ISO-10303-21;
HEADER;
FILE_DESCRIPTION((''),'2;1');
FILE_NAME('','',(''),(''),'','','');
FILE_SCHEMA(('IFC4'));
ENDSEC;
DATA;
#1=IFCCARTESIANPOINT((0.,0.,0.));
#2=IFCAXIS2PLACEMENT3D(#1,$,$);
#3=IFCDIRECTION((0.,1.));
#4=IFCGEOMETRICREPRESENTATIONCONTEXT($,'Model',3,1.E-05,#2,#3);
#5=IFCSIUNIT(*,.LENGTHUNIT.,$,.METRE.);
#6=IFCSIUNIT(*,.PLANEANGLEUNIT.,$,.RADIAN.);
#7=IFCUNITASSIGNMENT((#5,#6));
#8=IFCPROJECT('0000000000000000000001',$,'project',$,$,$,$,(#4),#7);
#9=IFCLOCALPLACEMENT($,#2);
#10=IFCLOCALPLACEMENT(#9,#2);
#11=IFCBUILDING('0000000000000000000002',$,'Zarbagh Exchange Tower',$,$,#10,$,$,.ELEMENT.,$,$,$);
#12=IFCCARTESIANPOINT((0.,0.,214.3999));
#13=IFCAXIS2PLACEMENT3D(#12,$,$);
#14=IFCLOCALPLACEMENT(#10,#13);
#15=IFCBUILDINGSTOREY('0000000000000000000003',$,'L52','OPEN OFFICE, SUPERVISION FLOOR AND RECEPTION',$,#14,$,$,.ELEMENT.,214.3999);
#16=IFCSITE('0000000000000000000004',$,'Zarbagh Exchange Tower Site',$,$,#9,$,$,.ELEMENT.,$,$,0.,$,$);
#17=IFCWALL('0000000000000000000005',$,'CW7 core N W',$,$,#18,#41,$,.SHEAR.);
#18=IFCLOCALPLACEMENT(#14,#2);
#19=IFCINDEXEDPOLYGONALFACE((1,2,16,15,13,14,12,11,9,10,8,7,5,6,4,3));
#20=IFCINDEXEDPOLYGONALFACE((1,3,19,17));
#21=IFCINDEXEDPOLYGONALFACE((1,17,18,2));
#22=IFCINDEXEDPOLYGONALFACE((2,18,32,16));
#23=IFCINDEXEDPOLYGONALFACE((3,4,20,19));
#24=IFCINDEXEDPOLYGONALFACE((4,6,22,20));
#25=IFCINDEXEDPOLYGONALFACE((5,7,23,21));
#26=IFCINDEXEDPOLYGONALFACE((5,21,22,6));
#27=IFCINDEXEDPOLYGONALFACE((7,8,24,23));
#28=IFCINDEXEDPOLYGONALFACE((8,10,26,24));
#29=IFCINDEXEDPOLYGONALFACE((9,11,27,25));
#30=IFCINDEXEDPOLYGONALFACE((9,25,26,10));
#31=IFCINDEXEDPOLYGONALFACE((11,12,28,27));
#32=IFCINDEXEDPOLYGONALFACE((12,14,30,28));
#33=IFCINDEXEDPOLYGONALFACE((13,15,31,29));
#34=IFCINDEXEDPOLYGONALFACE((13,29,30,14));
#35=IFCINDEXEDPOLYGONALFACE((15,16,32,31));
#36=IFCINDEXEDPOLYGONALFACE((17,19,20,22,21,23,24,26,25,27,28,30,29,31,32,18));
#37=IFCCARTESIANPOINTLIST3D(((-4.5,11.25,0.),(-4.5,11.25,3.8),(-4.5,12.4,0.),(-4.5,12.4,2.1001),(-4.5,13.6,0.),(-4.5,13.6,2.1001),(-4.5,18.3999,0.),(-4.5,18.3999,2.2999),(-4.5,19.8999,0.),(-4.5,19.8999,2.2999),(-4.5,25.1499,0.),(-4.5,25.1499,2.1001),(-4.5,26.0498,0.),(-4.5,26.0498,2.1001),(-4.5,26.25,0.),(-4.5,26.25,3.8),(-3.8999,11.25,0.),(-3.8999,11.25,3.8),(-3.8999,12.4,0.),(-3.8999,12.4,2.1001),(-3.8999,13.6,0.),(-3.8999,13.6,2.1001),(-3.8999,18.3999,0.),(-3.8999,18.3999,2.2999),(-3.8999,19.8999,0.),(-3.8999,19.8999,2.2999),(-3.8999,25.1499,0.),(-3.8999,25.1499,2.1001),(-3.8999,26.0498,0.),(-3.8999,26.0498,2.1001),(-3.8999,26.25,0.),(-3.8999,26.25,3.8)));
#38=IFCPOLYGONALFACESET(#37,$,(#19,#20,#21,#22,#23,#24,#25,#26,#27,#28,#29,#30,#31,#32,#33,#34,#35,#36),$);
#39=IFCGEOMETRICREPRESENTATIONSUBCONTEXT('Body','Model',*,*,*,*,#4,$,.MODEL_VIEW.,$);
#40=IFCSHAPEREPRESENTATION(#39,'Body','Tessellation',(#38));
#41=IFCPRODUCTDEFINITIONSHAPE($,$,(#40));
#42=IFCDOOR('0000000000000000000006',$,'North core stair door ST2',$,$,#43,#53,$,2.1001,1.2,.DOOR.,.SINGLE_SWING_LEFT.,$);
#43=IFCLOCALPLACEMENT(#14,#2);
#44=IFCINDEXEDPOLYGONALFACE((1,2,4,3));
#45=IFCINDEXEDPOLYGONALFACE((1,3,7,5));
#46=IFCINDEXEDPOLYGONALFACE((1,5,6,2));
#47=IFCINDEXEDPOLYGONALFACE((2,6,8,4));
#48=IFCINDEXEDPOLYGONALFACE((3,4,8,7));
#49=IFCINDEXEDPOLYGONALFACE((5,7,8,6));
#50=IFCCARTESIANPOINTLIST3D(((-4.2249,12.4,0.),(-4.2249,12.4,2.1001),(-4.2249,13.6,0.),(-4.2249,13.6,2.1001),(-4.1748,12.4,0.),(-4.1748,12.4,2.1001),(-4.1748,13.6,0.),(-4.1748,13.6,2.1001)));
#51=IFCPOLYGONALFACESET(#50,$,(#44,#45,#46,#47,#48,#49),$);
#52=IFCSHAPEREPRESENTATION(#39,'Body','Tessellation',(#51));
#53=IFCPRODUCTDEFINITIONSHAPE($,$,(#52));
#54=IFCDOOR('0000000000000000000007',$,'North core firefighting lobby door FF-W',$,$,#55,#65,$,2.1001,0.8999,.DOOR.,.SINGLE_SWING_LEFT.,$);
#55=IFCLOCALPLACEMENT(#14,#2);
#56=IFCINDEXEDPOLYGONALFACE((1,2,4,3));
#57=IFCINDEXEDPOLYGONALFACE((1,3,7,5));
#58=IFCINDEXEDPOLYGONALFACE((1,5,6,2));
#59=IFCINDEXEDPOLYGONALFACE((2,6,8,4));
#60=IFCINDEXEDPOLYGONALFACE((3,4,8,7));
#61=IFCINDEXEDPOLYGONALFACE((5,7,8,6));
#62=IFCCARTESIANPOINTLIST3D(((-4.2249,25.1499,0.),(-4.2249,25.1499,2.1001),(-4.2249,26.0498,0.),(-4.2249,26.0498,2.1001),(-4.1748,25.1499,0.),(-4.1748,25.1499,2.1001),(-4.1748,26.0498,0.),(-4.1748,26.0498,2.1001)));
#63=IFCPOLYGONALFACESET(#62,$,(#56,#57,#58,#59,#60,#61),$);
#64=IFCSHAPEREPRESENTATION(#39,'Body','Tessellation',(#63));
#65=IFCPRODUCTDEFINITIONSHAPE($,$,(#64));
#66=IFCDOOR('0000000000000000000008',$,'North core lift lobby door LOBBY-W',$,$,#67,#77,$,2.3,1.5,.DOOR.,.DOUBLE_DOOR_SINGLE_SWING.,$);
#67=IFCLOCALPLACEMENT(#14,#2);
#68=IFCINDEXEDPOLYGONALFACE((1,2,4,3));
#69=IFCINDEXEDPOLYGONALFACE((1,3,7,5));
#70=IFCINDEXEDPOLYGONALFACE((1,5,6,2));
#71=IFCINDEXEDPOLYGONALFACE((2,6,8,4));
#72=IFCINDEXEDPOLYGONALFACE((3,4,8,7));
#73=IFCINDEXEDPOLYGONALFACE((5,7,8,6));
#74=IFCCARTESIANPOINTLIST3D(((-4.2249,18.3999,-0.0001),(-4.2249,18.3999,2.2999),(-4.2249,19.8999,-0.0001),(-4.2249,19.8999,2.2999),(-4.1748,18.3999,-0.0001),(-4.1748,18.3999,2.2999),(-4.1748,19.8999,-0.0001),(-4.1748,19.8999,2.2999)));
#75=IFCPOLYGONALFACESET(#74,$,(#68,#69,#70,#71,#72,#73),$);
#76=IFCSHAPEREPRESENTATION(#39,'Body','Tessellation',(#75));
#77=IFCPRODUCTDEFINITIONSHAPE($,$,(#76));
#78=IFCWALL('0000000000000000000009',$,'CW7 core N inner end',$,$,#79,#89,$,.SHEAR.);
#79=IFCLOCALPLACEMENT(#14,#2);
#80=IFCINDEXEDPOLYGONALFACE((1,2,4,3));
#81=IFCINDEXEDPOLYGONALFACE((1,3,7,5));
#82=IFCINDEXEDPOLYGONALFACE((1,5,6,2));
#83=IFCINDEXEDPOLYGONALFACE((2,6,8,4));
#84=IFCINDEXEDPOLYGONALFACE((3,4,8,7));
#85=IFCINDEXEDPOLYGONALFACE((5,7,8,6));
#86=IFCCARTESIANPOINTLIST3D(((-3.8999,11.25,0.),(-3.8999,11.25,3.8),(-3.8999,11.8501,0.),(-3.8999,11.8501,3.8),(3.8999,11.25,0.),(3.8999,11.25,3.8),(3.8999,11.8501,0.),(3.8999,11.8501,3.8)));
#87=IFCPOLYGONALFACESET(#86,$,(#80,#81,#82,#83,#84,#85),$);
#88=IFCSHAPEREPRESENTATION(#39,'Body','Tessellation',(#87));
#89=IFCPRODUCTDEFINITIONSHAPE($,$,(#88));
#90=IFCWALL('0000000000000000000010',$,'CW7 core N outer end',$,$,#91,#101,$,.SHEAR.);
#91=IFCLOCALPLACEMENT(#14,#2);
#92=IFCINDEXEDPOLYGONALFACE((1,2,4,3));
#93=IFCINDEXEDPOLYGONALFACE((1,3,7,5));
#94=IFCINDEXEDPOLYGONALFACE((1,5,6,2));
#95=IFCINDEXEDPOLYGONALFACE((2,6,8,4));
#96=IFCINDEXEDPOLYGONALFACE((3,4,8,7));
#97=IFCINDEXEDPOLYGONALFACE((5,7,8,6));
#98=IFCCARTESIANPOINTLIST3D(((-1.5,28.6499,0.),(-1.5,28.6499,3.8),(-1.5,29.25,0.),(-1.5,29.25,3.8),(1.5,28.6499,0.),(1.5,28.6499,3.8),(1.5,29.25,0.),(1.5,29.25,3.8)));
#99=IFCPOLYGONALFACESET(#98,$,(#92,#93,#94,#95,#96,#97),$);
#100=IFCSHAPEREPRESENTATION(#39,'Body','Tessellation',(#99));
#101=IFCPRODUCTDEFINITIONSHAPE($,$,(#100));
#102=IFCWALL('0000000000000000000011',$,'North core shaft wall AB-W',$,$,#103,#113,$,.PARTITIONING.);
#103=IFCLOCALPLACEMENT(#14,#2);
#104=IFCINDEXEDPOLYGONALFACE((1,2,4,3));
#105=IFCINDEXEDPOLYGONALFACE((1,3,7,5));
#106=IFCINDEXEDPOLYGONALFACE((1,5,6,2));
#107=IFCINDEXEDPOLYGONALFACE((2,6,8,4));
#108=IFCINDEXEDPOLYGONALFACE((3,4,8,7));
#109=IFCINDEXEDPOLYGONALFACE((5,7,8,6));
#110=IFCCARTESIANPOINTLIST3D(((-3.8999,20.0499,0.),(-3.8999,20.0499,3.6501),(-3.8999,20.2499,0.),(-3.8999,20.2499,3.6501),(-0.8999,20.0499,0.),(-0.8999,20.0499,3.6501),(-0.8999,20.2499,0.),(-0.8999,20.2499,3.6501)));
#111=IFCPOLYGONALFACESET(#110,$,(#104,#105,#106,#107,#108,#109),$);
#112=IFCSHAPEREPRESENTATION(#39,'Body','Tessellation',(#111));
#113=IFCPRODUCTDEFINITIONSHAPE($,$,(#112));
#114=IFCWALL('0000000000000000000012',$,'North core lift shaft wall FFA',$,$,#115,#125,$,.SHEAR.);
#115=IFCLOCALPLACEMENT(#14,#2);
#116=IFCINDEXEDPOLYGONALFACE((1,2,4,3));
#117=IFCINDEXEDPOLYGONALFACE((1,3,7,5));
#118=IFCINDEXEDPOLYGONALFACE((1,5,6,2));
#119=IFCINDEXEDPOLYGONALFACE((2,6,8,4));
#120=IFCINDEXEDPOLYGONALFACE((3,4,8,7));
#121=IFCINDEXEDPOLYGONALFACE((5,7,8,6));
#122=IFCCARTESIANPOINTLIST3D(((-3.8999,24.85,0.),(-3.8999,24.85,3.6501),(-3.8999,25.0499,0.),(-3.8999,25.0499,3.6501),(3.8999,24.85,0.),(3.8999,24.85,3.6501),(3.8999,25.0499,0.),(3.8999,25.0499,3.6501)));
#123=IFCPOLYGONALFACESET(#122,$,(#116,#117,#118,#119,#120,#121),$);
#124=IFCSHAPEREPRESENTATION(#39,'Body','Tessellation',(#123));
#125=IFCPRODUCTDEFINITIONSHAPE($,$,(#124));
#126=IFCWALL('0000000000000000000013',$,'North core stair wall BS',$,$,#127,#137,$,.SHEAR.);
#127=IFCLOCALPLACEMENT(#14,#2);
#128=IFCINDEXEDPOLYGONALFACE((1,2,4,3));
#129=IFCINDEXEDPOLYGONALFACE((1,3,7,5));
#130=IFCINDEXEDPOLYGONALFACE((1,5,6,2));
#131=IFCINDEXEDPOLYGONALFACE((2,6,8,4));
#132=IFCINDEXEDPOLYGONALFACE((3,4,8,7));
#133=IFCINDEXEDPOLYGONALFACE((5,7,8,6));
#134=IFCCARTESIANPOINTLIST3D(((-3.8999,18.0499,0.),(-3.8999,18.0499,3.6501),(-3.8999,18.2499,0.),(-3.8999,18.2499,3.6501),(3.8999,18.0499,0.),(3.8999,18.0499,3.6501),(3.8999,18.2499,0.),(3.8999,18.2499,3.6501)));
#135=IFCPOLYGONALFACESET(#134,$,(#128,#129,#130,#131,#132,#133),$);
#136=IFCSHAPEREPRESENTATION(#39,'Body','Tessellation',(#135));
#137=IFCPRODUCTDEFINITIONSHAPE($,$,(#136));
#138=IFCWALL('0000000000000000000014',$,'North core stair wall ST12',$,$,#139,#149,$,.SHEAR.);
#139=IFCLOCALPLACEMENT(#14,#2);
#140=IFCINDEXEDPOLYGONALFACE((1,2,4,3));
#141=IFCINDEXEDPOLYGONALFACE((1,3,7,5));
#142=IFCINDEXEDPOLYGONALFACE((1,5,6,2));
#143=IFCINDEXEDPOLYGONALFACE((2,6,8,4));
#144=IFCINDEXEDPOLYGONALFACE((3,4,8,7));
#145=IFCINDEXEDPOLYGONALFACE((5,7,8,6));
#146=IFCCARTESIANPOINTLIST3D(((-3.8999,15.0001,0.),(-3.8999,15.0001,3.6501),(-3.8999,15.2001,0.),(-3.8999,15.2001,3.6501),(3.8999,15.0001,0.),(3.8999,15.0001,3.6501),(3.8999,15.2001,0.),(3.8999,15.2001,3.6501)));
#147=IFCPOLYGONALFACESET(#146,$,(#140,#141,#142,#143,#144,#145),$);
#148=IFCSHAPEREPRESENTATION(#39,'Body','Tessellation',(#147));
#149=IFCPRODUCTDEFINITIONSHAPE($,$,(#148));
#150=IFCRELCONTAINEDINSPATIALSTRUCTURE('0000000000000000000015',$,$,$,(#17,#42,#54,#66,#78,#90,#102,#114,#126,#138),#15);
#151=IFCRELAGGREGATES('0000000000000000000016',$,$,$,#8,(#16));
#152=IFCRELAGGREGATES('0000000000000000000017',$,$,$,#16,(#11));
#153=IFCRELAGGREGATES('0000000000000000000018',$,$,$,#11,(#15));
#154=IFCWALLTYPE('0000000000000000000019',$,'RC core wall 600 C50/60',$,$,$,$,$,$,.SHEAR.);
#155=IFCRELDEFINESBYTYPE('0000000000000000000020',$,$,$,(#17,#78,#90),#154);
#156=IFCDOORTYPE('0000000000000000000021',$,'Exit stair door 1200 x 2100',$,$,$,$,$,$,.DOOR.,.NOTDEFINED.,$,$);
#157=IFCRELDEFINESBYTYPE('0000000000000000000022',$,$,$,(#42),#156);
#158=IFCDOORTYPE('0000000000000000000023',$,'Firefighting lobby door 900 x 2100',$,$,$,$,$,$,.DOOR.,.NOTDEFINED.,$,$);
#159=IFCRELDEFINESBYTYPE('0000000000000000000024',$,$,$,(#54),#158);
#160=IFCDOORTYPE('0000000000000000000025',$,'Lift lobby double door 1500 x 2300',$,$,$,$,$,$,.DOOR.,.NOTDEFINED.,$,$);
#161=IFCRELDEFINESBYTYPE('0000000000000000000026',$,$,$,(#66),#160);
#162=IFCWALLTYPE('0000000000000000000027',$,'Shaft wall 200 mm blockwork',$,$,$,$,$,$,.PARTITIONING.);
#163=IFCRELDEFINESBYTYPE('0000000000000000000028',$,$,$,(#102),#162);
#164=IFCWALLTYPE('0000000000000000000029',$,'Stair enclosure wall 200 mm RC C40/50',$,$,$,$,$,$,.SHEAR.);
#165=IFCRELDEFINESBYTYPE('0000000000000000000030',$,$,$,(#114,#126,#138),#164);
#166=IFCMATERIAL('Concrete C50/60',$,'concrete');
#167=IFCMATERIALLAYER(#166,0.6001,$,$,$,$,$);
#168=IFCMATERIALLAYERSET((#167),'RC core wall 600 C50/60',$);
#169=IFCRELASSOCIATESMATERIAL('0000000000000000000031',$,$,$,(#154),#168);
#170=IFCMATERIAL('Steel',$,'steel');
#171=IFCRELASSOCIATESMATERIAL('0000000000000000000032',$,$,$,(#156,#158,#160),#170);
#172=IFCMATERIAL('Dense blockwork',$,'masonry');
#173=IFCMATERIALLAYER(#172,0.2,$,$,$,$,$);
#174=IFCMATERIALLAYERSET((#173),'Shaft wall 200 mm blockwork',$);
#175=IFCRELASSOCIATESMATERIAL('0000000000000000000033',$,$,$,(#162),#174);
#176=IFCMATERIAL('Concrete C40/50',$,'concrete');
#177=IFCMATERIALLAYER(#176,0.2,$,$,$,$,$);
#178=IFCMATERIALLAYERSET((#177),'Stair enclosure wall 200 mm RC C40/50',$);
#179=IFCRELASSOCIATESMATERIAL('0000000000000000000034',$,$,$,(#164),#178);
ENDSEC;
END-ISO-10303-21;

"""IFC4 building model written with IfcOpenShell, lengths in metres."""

from ifc_helpers import new_model, si_unit, direction, frame, frame_2d, origin, place, context, subcontext, project, spatial, rectangle, extrude, material, layer, layer_set, type_object, element, fill, save


model = new_model("IFC4")

# Units and contexts
model_context = context("Model", 3, precision=1e-05, world=origin(), true_north=direction((0.0, 1.0)))
body_context = subcontext(model_context, "Body", "Model", "MODEL_VIEW")
ifc_project = project(units=[si_unit("LENGTHUNIT", "METRE"), si_unit("PLANEANGLEUNIT", "RADIAN")], contexts=[model_context])

# Site, building, storey
site_placement = place(None, origin())
site = spatial("IfcSite", under=ifc_project, at=site_placement, Name="Zarbagh Exchange Tower Site", CompositionType="ELEMENT", RefElevation=0.0)
building_placement = place(site_placement, origin())
building = spatial("IfcBuilding", under=site, at=building_placement, Name="Zarbagh Exchange Tower", CompositionType="ELEMENT")
storey_placement = place(building_placement, frame((0.0, 0.0, 214.3999)))
storey = spatial("IfcBuildingStorey", under=building, at=storey_placement, Name="L52", Description="OPEN OFFICE, SUPERVISION FLOOR AND RECEPTION", CompositionType="ELEMENT", Elevation=214.3999)

# Shared definitions
ifc_material_1 = material(Name="Concrete C50/60", Category="concrete")

# Wall, openings, doors
ifc_layer_1 = layer(ifc_material_1, 0.6001)
ifc_layer_set_1 = layer_set([ifc_layer_1], Name="RC core wall 600 C50/60")
wall_type_1 = type_object("IfcWallType", Name="RC core wall 600 C50/60", PredefinedType="SHEAR", material=ifc_layer_set_1)
wall_1_placement = place(storey_placement, frame((-4.2, 11.25, 0.0), z_axis=(0.0, 0.0, 1.0), x_axis=(0.0, 1.0, 0.0)))
wall_1 = element("IfcWall", 1, at=wall_1_placement, inside=storey, type_object=wall_type_1, Name="CW7 core N W", PredefinedType="SHEAR", context=body_context, shape_type="SweptSolid", body=[
    extrude(rectangle(XDim=15.0, YDim=0.6001, at=frame_2d((7.5, 0.0))), origin(), (0.0, 0.0, 1.0), 3.8),
])
opening_1_placement = place(wall_1_placement, frame((7.1499, 0.0, 0.0)))
opening_1 = element("IfcOpeningElement", 2, at=opening_1_placement, cuts=wall_1, PredefinedType="OPENING", context=body_context, shape_type="SweptSolid", body=[
    extrude(rectangle(XDim=1.5, YDim=2.3, at=frame_2d((0.75, 1.1499))), frame((0.0, 0.3101, 0.0), z_axis=(0.0, -1.0, 0.0), x_axis=(1.0, 0.0, 0.0)), (0.0, 0.0, 1.0), 0.6201),
])
opening_2_placement = place(wall_1_placement, frame((13.8999, 0.0, 0.0)))
opening_2 = element("IfcOpeningElement", 3, at=opening_2_placement, cuts=wall_1, PredefinedType="OPENING", context=body_context, shape_type="SweptSolid", body=[
    extrude(rectangle(XDim=0.8999, YDim=2.1001, at=frame_2d((0.45, 1.05))), frame((0.0, 0.3101, 0.0), z_axis=(0.0, -1.0, 0.0), x_axis=(1.0, 0.0, 0.0)), (0.0, 0.0, 1.0), 0.6201),
])
opening_3_placement = place(wall_1_placement, frame((1.1499, 0.0, 0.0)))
opening_3 = element("IfcOpeningElement", 4, at=opening_3_placement, cuts=wall_1, PredefinedType="OPENING", context=body_context, shape_type="SweptSolid", body=[
    extrude(rectangle(XDim=1.2, YDim=2.1001, at=frame_2d((0.6001, 1.05))), frame((0.0, 0.3101, 0.0), z_axis=(0.0, -1.0, 0.0), x_axis=(1.0, 0.0, 0.0)), (0.0, 0.0, 1.0), 0.6201),
])
ifc_material_2 = material(Name="Steel", Category="steel")
door_type_1 = type_object("IfcDoorType", Name="Exit stair door 1200 x 2100", OperationType="NOTDEFINED", PredefinedType="DOOR", material=ifc_material_2)
door_1_placement = place(opening_3_placement, origin())
door_1 = element("IfcDoor", 5, at=door_1_placement, inside=storey, type_object=door_type_1, Name="North core stair door ST2", OperationType="SINGLE_SWING_LEFT", OverallHeight=2.1001, OverallWidth=1.2, PredefinedType="DOOR", context=body_context, shape_type="SweptSolid", body=[
    extrude(rectangle(XDim=1.2, YDim=2.1001, at=frame_2d((0.6001, 1.05))), frame((0.0, 0.0249, 0.0), z_axis=(0.0, -1.0, 0.0), x_axis=(1.0, 0.0, 0.0)), (0.0, 0.0, 1.0), 0.05),
])
fill(opening_3, door_1)
door_type_2 = type_object("IfcDoorType", Name="Firefighting lobby door 900 x 2100", OperationType="NOTDEFINED", PredefinedType="DOOR", material=ifc_material_2)
door_2_placement = place(opening_2_placement, origin())
door_2 = element("IfcDoor", 6, at=door_2_placement, inside=storey, type_object=door_type_2, Name="North core firefighting lobby door FF-W", OperationType="SINGLE_SWING_LEFT", OverallHeight=2.1001, OverallWidth=0.8999, PredefinedType="DOOR", context=body_context, shape_type="SweptSolid", body=[
    extrude(rectangle(XDim=0.8999, YDim=2.1001, at=frame_2d((0.45, 1.05))), frame((0.0, 0.0249, 0.0), z_axis=(0.0, -1.0, 0.0), x_axis=(1.0, 0.0, 0.0)), (0.0, 0.0, 1.0), 0.05),
])
fill(opening_2, door_2)
door_type_3 = type_object("IfcDoorType", Name="Lift lobby double door 1500 x 2300", OperationType="NOTDEFINED", PredefinedType="DOOR", material=ifc_material_2)
door_3_placement = place(opening_1_placement, origin())
door_3 = element("IfcDoor", 7, at=door_3_placement, inside=storey, type_object=door_type_3, Name="North core lift lobby door LOBBY-W", OperationType="DOUBLE_DOOR_SINGLE_SWING", OverallHeight=2.3, OverallWidth=1.5, PredefinedType="DOOR", context=body_context, shape_type="SweptSolid", body=[
    extrude(rectangle(XDim=1.5, YDim=2.3, at=frame_2d((0.75, 1.1499))), frame((0.0, 0.0249, 0.0), z_axis=(0.0, -1.0, 0.0), x_axis=(1.0, 0.0, 0.0)), (0.0, 0.0, 1.0), 0.05),
])
fill(opening_1, door_3)

# Walls
wall_2_placement = place(storey_placement, frame((-3.8999, 11.55, 0.0), z_axis=(0.0, 0.0, 1.0), x_axis=(1.0, 0.0, 0.0)))
element("IfcWall", 8, at=wall_2_placement, inside=storey, type_object=wall_type_1, Name="CW7 core N inner end", PredefinedType="SHEAR", context=body_context, shape_type="SweptSolid", body=[
    extrude(rectangle(XDim=7.7998, YDim=0.6001, at=frame_2d((3.8999, 0.0))), origin(), (0.0, 0.0, 1.0), 3.8),
])
wall_3_placement = place(storey_placement, frame((-1.5, 28.95, 0.0), z_axis=(0.0, 0.0, 1.0), x_axis=(1.0, 0.0, 0.0)))
element("IfcWall", 9, at=wall_3_placement, inside=storey, type_object=wall_type_1, Name="CW7 core N outer end", PredefinedType="SHEAR", context=body_context, shape_type="SweptSolid", body=[
    extrude(rectangle(XDim=3.0, YDim=0.6001, at=frame_2d((1.5, 0.0))), origin(), (0.0, 0.0, 1.0), 3.8),
])
ifc_material_3 = material(Name="Dense blockwork", Category="masonry")
ifc_layer_2 = layer(ifc_material_3, 0.2)
ifc_layer_set_2 = layer_set([ifc_layer_2], Name="Shaft wall 200 mm blockwork")
wall_type_2 = type_object("IfcWallType", Name="Shaft wall 200 mm blockwork", PredefinedType="PARTITIONING", material=ifc_layer_set_2)
wall_4_placement = place(storey_placement, frame((-3.8999, 20.1499, 0.0), z_axis=(0.0, 0.0, 1.0), x_axis=(1.0, 0.0, 0.0)))
element("IfcWall", 10, at=wall_4_placement, inside=storey, type_object=wall_type_2, Name="North core shaft wall AB-W", PredefinedType="PARTITIONING", context=body_context, shape_type="SweptSolid", body=[
    extrude(rectangle(XDim=3.0, YDim=0.2, at=frame_2d((1.5, 0.0))), origin(), (0.0, 0.0, 1.0), 3.6501),
])
ifc_material_4 = material(Name="Concrete C40/50", Category="concrete")
ifc_layer_3 = layer(ifc_material_4, 0.2)
ifc_layer_set_3 = layer_set([ifc_layer_3], Name="Stair enclosure wall 200 mm RC C40/50")
wall_type_3 = type_object("IfcWallType", Name="Stair enclosure wall 200 mm RC C40/50", PredefinedType="SHEAR", material=ifc_layer_set_3)
for number, where, z_axis, x_axis, name in (
    (11, (-3.8999, 24.95, 0.0), (0.0, 0.0, 1.0), (1.0, 0.0, 0.0), "North core lift shaft wall FFA"),
    (12, (-3.8999, 18.1499, 0.0), (0.0, 0.0, 1.0), (1.0, 0.0, 0.0), "North core stair wall BS"),
    (13, (-3.8999, 15.1001, 0.0), (0.0, 0.0, 1.0), (1.0, 0.0, 0.0), "North core stair wall ST12"),
):
    element("IfcWall", number, at=place(storey_placement, frame(where, z_axis=z_axis, x_axis=x_axis)), inside=storey, type_object=wall_type_3, Name=name, PredefinedType="SHEAR", context=body_context, shape_type="SweptSolid", body=[
        extrude(rectangle(XDim=7.7998, YDim=0.2, at=frame_2d((3.8999, 0.0))), origin(), (0.0, 0.0, 1.0), 3.6501),
    ])

save(model, "model.ifc")
